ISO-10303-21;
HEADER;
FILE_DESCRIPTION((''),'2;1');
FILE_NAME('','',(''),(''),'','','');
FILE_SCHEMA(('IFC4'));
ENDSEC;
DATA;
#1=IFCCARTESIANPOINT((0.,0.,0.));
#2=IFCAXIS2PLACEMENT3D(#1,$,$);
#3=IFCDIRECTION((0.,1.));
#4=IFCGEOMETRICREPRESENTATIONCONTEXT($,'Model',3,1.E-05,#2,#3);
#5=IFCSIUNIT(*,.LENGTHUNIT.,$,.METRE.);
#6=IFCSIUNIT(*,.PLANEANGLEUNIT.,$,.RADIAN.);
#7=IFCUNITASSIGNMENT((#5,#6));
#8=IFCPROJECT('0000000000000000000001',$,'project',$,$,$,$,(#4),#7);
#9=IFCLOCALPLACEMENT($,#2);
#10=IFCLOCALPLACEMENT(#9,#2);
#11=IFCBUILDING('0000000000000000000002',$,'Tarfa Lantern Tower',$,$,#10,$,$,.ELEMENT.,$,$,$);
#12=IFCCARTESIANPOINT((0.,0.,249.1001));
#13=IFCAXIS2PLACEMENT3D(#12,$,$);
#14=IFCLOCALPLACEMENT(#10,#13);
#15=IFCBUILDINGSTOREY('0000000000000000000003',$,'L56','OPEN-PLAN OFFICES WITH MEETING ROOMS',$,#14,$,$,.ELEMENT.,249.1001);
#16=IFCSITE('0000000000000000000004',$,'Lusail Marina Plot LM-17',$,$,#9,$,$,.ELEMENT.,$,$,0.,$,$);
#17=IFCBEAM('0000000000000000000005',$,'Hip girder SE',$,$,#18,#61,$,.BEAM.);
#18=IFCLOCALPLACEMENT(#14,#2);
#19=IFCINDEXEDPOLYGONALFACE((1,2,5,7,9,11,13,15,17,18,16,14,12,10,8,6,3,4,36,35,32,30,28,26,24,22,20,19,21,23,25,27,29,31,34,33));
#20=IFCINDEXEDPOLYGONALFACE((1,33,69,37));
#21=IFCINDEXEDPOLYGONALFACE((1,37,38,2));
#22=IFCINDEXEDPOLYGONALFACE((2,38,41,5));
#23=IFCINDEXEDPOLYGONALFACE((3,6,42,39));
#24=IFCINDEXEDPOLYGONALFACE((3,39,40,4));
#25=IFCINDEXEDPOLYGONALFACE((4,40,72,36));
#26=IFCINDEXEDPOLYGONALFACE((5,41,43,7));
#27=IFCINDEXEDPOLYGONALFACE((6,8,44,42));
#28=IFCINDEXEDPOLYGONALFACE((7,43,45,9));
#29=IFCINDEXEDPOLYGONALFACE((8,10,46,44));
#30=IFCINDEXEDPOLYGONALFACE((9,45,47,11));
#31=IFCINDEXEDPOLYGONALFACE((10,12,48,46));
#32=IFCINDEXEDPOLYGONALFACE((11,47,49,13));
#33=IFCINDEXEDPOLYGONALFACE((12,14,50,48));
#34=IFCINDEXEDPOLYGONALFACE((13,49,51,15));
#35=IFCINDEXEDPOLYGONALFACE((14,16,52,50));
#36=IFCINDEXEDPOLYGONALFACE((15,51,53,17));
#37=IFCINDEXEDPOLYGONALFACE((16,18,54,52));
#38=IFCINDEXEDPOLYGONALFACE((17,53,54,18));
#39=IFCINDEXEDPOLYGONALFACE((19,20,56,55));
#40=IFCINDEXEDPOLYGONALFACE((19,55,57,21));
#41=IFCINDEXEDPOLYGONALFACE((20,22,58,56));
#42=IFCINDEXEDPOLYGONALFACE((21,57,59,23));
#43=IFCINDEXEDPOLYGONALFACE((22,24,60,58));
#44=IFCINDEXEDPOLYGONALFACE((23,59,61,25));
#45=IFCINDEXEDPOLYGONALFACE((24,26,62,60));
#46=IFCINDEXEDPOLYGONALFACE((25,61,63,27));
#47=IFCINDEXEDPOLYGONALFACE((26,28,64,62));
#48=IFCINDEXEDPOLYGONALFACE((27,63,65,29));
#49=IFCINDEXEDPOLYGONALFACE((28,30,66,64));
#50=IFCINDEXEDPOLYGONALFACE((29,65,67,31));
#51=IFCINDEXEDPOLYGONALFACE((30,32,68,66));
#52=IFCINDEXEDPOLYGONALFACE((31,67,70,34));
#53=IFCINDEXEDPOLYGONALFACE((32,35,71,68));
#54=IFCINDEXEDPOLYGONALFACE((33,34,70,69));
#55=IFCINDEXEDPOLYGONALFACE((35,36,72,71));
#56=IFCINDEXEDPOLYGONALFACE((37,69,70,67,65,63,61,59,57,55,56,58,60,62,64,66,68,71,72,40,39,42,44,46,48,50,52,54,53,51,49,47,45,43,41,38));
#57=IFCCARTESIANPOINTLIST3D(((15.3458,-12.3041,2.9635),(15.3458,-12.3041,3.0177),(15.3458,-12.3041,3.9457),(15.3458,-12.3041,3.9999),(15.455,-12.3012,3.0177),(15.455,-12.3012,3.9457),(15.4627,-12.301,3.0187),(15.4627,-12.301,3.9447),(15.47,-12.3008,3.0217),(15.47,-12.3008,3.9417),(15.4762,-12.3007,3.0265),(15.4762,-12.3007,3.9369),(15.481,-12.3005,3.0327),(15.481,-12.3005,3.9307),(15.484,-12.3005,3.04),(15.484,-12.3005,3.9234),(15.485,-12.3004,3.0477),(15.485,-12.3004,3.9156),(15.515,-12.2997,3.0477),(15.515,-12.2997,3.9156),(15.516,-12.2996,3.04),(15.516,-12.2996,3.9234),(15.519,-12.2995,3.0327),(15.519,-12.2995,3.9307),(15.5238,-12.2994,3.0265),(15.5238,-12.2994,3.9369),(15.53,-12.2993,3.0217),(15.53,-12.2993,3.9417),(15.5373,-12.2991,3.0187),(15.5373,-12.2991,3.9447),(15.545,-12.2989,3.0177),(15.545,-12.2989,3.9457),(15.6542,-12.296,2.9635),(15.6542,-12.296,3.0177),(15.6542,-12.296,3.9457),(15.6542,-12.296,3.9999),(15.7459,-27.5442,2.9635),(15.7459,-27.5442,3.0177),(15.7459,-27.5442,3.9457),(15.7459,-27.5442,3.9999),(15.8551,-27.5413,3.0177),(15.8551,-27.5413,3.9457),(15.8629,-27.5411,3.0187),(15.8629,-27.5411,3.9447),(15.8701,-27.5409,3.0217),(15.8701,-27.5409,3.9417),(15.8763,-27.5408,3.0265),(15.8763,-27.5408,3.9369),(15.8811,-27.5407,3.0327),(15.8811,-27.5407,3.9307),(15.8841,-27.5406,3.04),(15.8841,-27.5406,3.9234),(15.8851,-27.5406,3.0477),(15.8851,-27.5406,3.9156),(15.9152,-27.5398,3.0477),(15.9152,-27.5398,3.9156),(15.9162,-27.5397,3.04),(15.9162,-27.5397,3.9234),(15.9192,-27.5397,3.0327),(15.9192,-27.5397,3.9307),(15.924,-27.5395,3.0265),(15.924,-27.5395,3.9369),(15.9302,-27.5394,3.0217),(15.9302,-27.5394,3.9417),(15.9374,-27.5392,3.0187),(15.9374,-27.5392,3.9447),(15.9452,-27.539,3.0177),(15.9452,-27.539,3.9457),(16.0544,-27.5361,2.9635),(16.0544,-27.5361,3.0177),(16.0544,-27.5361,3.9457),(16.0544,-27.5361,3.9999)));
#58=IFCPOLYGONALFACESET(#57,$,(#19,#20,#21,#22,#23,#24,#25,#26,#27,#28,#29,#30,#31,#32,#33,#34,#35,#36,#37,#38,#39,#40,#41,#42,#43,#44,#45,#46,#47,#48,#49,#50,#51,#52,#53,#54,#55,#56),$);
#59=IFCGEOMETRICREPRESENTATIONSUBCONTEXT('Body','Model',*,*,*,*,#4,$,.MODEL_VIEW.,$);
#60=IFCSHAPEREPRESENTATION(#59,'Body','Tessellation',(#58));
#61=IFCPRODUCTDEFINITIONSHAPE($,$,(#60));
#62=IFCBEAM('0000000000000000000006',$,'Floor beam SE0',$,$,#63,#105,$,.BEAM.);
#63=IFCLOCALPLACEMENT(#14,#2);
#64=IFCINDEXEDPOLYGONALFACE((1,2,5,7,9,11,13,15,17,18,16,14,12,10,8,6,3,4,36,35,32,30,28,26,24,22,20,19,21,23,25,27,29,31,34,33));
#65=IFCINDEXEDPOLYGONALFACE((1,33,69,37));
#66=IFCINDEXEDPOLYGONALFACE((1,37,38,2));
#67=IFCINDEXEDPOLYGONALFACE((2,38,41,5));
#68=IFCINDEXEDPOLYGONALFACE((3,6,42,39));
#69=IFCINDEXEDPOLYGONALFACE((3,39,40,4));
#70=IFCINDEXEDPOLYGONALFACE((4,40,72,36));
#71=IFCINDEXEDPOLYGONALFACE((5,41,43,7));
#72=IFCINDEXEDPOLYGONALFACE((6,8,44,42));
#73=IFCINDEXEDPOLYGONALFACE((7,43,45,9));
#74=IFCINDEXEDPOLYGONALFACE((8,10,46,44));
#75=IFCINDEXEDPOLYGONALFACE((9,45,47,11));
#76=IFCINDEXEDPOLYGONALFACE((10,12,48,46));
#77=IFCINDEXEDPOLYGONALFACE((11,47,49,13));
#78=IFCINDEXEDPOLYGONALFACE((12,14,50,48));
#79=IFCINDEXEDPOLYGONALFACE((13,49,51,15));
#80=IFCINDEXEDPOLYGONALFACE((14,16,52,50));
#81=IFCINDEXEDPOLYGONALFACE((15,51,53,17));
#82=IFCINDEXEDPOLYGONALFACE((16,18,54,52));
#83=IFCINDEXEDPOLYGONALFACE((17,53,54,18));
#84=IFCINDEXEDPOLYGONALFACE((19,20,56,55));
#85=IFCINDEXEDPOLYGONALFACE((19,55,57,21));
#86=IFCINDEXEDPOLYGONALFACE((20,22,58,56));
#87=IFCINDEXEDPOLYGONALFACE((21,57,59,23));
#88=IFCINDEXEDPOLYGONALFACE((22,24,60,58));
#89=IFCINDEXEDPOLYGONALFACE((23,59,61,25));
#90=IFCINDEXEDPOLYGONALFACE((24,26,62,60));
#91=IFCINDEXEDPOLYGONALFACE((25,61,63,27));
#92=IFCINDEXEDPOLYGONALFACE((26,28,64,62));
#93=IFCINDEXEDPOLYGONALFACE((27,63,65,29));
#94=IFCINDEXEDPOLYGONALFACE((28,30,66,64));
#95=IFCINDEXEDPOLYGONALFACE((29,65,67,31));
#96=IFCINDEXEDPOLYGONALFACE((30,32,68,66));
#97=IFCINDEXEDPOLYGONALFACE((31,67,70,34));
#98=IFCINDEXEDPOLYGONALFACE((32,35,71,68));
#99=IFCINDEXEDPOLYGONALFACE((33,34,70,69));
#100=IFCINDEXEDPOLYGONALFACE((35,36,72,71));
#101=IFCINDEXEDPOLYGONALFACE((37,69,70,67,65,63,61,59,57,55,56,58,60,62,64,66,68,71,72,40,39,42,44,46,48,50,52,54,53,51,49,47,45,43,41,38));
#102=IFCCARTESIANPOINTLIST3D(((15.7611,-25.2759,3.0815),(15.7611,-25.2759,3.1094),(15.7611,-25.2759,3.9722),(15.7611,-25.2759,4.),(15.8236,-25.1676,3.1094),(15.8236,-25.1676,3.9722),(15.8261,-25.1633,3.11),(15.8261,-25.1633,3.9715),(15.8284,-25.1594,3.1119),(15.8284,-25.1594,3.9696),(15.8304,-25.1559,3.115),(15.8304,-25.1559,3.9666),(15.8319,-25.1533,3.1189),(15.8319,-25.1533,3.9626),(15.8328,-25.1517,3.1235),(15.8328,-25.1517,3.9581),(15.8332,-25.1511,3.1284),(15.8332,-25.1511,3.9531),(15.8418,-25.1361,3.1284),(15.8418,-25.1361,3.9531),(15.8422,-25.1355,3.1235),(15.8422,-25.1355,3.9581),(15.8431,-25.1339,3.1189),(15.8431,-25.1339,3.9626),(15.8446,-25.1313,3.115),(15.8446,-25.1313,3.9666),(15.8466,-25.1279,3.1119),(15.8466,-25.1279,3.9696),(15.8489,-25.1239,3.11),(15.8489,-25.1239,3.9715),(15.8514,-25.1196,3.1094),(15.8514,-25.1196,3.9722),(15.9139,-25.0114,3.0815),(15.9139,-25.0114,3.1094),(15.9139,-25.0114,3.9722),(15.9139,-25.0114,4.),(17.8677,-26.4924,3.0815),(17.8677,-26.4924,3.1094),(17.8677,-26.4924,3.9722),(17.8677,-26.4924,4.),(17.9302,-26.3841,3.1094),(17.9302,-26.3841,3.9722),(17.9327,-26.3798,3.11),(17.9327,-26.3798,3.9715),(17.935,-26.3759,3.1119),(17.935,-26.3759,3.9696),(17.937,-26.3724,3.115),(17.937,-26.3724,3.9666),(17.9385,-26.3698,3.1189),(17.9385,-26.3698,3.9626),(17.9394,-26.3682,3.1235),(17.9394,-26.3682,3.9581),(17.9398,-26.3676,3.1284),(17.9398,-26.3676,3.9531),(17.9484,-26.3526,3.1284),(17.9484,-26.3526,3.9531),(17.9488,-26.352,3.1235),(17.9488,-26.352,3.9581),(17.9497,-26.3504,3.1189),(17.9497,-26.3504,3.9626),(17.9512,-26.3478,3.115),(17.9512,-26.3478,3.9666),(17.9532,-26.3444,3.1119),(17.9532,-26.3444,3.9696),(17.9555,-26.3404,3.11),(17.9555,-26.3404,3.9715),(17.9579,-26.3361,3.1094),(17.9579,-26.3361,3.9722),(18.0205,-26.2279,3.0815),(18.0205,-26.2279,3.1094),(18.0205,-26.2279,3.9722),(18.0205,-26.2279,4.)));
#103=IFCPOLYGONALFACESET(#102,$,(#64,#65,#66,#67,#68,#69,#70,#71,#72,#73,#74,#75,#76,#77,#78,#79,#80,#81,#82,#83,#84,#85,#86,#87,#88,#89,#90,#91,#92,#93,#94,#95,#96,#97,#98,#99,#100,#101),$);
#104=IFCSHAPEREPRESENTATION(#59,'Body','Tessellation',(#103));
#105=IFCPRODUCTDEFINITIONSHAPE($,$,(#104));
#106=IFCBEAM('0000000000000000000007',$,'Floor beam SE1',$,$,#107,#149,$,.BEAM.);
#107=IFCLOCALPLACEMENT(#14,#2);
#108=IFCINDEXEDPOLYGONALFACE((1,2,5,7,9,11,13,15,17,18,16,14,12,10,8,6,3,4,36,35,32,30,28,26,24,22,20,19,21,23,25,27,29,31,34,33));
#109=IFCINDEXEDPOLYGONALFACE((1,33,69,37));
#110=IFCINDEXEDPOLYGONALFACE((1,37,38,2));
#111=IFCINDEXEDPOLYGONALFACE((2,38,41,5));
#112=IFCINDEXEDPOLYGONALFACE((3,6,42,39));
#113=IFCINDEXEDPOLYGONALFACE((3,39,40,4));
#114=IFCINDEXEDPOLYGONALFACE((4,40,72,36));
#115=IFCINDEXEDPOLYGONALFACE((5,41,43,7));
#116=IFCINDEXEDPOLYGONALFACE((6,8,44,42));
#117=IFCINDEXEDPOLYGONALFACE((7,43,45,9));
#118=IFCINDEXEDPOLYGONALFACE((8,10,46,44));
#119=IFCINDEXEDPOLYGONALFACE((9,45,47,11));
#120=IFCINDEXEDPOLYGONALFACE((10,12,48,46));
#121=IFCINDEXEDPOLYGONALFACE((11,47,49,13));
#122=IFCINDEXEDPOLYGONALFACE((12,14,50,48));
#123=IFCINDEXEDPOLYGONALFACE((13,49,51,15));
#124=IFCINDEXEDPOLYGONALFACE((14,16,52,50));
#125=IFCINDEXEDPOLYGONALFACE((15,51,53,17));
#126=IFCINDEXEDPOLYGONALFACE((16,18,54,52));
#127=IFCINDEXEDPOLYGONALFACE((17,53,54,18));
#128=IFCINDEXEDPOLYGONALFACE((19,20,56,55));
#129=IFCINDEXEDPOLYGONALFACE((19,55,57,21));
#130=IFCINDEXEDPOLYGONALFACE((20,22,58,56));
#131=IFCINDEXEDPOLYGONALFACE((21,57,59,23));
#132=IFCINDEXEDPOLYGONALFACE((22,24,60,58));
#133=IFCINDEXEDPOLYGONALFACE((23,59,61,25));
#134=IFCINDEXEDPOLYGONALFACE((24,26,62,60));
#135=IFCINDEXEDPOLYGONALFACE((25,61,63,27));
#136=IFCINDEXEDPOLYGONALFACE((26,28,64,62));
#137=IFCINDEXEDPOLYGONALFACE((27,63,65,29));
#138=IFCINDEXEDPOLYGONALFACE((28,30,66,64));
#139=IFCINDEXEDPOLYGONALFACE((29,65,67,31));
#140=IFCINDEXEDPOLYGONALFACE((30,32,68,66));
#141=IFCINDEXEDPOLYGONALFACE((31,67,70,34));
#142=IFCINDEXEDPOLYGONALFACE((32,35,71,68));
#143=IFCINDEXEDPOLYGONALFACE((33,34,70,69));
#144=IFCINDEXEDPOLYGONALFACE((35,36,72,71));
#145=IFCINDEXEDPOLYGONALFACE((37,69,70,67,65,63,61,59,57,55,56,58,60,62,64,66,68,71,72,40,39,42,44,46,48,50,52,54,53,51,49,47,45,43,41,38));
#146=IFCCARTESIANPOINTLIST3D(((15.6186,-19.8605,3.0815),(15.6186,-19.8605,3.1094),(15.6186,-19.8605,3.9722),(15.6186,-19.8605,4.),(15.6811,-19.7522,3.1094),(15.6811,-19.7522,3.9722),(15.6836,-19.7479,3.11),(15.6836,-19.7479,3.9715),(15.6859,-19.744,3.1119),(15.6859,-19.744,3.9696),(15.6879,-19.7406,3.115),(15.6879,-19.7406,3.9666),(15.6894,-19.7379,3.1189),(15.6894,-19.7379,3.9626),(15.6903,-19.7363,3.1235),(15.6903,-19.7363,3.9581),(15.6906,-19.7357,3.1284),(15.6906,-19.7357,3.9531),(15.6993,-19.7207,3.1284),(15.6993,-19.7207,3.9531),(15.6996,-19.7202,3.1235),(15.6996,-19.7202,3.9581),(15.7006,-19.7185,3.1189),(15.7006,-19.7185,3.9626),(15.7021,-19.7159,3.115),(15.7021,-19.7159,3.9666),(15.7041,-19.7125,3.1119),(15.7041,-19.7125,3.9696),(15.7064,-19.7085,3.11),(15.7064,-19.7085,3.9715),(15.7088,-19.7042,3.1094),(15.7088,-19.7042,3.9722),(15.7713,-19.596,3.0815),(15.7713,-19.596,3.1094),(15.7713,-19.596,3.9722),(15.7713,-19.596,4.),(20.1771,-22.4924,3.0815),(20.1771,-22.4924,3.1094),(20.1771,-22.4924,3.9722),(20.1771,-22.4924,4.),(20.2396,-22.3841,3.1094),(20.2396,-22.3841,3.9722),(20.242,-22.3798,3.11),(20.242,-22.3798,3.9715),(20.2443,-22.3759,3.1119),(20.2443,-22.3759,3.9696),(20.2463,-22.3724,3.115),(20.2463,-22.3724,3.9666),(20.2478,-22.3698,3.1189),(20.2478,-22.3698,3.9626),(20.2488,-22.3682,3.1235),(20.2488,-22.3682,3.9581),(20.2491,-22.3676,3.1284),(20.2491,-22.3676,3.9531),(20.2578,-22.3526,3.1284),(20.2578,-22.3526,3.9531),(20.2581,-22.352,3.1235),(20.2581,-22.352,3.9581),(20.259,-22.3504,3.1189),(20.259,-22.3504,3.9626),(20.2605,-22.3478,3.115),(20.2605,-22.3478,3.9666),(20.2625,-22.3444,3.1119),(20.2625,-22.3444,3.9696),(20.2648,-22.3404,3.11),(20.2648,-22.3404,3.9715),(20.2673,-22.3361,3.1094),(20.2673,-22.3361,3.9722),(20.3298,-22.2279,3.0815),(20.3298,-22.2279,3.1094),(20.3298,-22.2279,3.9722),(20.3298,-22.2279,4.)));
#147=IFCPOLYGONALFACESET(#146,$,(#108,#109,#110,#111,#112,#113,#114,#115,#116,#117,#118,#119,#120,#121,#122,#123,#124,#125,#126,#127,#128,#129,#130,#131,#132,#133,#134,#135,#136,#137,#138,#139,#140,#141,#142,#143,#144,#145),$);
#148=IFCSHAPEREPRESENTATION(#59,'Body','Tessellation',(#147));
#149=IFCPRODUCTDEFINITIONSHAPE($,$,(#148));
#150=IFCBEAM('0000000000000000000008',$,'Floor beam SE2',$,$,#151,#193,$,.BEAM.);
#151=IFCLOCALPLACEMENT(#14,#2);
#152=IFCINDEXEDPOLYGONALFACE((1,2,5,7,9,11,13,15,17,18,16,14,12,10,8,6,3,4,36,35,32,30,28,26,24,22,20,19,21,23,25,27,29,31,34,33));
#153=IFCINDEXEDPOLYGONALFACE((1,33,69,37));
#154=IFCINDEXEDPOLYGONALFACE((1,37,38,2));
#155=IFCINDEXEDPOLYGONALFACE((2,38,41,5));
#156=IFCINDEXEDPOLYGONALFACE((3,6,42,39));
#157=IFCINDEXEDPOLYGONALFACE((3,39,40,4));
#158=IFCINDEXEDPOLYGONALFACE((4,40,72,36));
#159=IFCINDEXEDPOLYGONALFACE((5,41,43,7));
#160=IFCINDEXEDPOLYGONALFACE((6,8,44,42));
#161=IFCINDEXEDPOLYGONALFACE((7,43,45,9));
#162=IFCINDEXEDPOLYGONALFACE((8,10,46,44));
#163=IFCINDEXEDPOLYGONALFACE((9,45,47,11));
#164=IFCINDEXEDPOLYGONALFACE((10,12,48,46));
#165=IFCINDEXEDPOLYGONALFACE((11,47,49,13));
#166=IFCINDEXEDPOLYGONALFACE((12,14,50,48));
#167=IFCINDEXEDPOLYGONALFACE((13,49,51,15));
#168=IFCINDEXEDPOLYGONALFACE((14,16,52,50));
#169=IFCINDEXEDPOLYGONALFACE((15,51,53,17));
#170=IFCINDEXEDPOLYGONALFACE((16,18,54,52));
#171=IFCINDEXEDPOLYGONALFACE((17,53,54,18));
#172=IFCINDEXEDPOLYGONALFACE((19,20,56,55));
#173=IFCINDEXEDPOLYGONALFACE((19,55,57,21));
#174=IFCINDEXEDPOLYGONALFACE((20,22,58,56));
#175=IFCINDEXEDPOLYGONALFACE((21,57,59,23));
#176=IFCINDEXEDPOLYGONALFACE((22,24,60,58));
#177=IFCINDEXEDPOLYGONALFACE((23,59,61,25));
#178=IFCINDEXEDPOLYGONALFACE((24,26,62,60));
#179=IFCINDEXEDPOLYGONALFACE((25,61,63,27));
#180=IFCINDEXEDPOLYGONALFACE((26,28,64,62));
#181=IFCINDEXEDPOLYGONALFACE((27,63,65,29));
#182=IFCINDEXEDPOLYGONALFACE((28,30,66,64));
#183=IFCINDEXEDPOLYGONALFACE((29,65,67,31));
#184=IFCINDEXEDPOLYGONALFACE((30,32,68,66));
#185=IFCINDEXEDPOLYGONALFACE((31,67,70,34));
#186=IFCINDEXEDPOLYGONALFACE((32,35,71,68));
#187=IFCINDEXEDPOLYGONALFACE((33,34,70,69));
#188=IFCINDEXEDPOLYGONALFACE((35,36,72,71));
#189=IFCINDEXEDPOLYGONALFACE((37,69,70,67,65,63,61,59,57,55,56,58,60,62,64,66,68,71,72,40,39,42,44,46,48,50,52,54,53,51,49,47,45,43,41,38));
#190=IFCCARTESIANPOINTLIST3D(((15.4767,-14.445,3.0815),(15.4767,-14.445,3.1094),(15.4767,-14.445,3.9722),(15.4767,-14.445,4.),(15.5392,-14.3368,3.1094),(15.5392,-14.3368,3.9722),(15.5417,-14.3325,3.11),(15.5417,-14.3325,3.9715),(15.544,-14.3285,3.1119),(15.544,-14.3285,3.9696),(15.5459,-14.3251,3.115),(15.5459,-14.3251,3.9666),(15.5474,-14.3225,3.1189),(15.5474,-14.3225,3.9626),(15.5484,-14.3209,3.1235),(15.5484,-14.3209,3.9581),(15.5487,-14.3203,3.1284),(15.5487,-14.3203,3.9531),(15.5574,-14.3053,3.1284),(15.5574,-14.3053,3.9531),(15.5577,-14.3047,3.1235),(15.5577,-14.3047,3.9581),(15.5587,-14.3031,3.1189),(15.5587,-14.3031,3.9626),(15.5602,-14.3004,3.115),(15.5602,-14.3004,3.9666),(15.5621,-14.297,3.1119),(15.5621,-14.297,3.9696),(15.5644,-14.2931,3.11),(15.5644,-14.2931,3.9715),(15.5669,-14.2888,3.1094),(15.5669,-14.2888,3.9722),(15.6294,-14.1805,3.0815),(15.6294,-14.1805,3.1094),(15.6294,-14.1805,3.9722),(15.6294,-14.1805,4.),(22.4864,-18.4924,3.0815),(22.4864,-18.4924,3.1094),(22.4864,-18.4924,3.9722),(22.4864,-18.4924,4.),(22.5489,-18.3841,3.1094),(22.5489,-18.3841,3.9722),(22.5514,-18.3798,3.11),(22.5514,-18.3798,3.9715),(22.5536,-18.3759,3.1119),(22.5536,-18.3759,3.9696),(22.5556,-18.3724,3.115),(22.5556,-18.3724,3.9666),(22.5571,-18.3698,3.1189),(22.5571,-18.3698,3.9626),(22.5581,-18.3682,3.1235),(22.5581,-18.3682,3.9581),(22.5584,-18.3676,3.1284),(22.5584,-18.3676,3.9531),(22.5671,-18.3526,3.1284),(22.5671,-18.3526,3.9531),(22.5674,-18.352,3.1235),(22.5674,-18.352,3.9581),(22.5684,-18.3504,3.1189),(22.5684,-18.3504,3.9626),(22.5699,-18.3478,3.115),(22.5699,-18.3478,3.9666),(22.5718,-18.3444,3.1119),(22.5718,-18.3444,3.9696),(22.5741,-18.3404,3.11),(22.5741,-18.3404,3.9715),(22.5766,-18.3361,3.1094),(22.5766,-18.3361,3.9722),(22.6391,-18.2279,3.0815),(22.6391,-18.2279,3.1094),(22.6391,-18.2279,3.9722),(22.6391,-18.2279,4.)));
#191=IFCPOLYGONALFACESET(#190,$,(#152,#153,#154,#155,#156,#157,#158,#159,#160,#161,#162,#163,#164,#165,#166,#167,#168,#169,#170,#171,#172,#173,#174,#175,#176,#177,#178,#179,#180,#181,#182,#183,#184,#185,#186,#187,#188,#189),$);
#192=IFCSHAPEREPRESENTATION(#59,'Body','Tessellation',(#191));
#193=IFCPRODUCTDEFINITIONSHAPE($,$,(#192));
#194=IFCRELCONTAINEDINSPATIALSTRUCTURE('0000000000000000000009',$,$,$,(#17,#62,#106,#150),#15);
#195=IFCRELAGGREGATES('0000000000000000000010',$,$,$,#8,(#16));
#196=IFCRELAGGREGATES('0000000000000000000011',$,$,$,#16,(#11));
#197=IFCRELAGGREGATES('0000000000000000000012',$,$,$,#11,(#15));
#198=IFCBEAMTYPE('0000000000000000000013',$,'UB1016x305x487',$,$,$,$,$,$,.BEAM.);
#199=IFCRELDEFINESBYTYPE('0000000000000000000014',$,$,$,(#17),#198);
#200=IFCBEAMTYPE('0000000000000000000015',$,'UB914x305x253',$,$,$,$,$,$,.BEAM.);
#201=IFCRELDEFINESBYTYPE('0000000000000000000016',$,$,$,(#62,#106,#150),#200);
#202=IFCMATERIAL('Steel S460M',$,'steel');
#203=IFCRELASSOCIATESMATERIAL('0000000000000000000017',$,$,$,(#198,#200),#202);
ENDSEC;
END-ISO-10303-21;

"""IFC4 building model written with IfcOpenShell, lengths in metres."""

from ifc_helpers import new_model, si_unit, direction, frame, origin, origin_2d, place, context, subcontext, project, spatial, i_section, extrude, material, material_profile, profile_set, type_object, element, save


model = new_model("IFC4")

# Units and contexts
model_context = context("Model", 3, precision=1e-05, world=origin(), true_north=direction((0.0, 1.0)))
body_context = subcontext(model_context, "Body", "Model", "MODEL_VIEW")
ifc_project = project(units=[si_unit("LENGTHUNIT", "METRE"), si_unit("PLANEANGLEUNIT", "RADIAN")], contexts=[model_context])

# Site, building, storey
site_placement = place(None, origin())
site = spatial("IfcSite", under=ifc_project, at=site_placement, Name="Lusail Marina Plot LM-17", CompositionType="ELEMENT", RefElevation=0.0)
building_placement = place(site_placement, origin())
building = spatial("IfcBuilding", under=site, at=building_placement, Name="Tarfa Lantern Tower", CompositionType="ELEMENT")
storey_placement = place(building_placement, frame((0.0, 0.0, 249.1001)))
storey = spatial("IfcBuildingStorey", under=building, at=storey_placement, Name="L56", Description="OPEN-PLAN OFFICES WITH MEETING ROOMS", CompositionType="ELEMENT", Elevation=249.1001)

# Beams
ifc_material_1 = material(Name="Steel S460M", Category="steel")
ifc_material_profile_1 = material_profile(ifc_material_1, i_section(OverallWidth=0.3086, OverallDepth=1.0364, WebThickness=0.03, FlangeThickness=0.0542, FilletRadius=0.03, at=origin_2d()), Name="UB1016x305x487")
ifc_profile_set_1 = profile_set([ifc_material_profile_1], Name="Steel S460M")
beam_type_1 = type_object("IfcBeamType", Name="UB1016x305x487", PredefinedType="BEAM", material=ifc_profile_set_1)
beam_1_placement = place(storey_placement, frame((15.5, -12.3, 3.4817), z_axis=(0.026247, -0.999655, 0.0), x_axis=(0.999655, 0.026247, 0.0)))
element("IfcBeam", 1, at=beam_1_placement, inside=storey, type_object=beam_type_1, Name="Hip girder SE", PredefinedType="BEAM", context=body_context, shape_type="SweptSolid", body=[
    extrude(i_section(OverallWidth=0.3086, OverallDepth=1.0364, WebThickness=0.03, FlangeThickness=0.0542, FilletRadius=0.03, at=origin_2d()), origin(), (0.0, 0.0, 1.0), 15.2454),
])
ifc_material_profile_2 = material_profile(ifc_material_1, i_section(OverallWidth=0.3054, OverallDepth=0.9185, WebThickness=0.0173, FlangeThickness=0.0278, FilletRadius=0.019, at=origin_2d()), Name="UB914x305x253")
ifc_profile_set_2 = profile_set([ifc_material_profile_2], Name="Steel S460M")
beam_type_2 = type_object("IfcBeamType", Name="UB914x305x253", PredefinedType="BEAM", material=ifc_profile_set_2)
beam_2_placement = place(storey_placement, frame((17.9441, -26.3601, 3.5408), z_axis=(-0.86598, 0.500079, 0.0), x_axis=(-0.500079, -0.86598, 0.0)))
element("IfcBeam", 2, at=beam_2_placement, inside=storey, type_object=beam_type_2, Name="Floor beam SE0", PredefinedType="BEAM", context=body_context, shape_type="SweptSolid", body=[
    extrude(i_section(OverallWidth=0.3054, OverallDepth=0.9185, WebThickness=0.0173, FlangeThickness=0.0278, FilletRadius=0.019, at=origin_2d()), origin(), (0.0, 0.0, 1.0), 2.4326),
])
beam_3_placement = place(storey_placement, frame((20.2534, -22.3601, 3.5408), z_axis=(-0.86602, 0.50001, 0.0), x_axis=(-0.50001, -0.86602, 0.0)))
element("IfcBeam", 3, at=beam_3_placement, inside=storey, type_object=beam_type_2, Name="Floor beam SE1", PredefinedType="BEAM", context=body_context, shape_type="SweptSolid", body=[
    extrude(i_section(OverallWidth=0.3054, OverallDepth=0.9185, WebThickness=0.0173, FlangeThickness=0.0278, FilletRadius=0.019, at=origin_2d()), origin(), (0.0, 0.0, 1.0), 5.2637),
])
beam_4_placement = place(storey_placement, frame((22.5627, -18.3601, 3.5408), z_axis=(-0.866011, 0.500025, 0.0), x_axis=(-0.500025, -0.866011, 0.0)))
element("IfcBeam", 4, at=beam_4_placement, inside=storey, type_object=beam_type_2, Name="Floor beam SE2", PredefinedType="BEAM", context=body_context, shape_type="SweptSolid", body=[
    extrude(i_section(OverallWidth=0.3054, OverallDepth=0.9185, WebThickness=0.0173, FlangeThickness=0.0278, FilletRadius=0.019, at=origin_2d()), origin(), (0.0, 0.0, 1.0), 8.0942),
])

save(model, "model.ifc")
